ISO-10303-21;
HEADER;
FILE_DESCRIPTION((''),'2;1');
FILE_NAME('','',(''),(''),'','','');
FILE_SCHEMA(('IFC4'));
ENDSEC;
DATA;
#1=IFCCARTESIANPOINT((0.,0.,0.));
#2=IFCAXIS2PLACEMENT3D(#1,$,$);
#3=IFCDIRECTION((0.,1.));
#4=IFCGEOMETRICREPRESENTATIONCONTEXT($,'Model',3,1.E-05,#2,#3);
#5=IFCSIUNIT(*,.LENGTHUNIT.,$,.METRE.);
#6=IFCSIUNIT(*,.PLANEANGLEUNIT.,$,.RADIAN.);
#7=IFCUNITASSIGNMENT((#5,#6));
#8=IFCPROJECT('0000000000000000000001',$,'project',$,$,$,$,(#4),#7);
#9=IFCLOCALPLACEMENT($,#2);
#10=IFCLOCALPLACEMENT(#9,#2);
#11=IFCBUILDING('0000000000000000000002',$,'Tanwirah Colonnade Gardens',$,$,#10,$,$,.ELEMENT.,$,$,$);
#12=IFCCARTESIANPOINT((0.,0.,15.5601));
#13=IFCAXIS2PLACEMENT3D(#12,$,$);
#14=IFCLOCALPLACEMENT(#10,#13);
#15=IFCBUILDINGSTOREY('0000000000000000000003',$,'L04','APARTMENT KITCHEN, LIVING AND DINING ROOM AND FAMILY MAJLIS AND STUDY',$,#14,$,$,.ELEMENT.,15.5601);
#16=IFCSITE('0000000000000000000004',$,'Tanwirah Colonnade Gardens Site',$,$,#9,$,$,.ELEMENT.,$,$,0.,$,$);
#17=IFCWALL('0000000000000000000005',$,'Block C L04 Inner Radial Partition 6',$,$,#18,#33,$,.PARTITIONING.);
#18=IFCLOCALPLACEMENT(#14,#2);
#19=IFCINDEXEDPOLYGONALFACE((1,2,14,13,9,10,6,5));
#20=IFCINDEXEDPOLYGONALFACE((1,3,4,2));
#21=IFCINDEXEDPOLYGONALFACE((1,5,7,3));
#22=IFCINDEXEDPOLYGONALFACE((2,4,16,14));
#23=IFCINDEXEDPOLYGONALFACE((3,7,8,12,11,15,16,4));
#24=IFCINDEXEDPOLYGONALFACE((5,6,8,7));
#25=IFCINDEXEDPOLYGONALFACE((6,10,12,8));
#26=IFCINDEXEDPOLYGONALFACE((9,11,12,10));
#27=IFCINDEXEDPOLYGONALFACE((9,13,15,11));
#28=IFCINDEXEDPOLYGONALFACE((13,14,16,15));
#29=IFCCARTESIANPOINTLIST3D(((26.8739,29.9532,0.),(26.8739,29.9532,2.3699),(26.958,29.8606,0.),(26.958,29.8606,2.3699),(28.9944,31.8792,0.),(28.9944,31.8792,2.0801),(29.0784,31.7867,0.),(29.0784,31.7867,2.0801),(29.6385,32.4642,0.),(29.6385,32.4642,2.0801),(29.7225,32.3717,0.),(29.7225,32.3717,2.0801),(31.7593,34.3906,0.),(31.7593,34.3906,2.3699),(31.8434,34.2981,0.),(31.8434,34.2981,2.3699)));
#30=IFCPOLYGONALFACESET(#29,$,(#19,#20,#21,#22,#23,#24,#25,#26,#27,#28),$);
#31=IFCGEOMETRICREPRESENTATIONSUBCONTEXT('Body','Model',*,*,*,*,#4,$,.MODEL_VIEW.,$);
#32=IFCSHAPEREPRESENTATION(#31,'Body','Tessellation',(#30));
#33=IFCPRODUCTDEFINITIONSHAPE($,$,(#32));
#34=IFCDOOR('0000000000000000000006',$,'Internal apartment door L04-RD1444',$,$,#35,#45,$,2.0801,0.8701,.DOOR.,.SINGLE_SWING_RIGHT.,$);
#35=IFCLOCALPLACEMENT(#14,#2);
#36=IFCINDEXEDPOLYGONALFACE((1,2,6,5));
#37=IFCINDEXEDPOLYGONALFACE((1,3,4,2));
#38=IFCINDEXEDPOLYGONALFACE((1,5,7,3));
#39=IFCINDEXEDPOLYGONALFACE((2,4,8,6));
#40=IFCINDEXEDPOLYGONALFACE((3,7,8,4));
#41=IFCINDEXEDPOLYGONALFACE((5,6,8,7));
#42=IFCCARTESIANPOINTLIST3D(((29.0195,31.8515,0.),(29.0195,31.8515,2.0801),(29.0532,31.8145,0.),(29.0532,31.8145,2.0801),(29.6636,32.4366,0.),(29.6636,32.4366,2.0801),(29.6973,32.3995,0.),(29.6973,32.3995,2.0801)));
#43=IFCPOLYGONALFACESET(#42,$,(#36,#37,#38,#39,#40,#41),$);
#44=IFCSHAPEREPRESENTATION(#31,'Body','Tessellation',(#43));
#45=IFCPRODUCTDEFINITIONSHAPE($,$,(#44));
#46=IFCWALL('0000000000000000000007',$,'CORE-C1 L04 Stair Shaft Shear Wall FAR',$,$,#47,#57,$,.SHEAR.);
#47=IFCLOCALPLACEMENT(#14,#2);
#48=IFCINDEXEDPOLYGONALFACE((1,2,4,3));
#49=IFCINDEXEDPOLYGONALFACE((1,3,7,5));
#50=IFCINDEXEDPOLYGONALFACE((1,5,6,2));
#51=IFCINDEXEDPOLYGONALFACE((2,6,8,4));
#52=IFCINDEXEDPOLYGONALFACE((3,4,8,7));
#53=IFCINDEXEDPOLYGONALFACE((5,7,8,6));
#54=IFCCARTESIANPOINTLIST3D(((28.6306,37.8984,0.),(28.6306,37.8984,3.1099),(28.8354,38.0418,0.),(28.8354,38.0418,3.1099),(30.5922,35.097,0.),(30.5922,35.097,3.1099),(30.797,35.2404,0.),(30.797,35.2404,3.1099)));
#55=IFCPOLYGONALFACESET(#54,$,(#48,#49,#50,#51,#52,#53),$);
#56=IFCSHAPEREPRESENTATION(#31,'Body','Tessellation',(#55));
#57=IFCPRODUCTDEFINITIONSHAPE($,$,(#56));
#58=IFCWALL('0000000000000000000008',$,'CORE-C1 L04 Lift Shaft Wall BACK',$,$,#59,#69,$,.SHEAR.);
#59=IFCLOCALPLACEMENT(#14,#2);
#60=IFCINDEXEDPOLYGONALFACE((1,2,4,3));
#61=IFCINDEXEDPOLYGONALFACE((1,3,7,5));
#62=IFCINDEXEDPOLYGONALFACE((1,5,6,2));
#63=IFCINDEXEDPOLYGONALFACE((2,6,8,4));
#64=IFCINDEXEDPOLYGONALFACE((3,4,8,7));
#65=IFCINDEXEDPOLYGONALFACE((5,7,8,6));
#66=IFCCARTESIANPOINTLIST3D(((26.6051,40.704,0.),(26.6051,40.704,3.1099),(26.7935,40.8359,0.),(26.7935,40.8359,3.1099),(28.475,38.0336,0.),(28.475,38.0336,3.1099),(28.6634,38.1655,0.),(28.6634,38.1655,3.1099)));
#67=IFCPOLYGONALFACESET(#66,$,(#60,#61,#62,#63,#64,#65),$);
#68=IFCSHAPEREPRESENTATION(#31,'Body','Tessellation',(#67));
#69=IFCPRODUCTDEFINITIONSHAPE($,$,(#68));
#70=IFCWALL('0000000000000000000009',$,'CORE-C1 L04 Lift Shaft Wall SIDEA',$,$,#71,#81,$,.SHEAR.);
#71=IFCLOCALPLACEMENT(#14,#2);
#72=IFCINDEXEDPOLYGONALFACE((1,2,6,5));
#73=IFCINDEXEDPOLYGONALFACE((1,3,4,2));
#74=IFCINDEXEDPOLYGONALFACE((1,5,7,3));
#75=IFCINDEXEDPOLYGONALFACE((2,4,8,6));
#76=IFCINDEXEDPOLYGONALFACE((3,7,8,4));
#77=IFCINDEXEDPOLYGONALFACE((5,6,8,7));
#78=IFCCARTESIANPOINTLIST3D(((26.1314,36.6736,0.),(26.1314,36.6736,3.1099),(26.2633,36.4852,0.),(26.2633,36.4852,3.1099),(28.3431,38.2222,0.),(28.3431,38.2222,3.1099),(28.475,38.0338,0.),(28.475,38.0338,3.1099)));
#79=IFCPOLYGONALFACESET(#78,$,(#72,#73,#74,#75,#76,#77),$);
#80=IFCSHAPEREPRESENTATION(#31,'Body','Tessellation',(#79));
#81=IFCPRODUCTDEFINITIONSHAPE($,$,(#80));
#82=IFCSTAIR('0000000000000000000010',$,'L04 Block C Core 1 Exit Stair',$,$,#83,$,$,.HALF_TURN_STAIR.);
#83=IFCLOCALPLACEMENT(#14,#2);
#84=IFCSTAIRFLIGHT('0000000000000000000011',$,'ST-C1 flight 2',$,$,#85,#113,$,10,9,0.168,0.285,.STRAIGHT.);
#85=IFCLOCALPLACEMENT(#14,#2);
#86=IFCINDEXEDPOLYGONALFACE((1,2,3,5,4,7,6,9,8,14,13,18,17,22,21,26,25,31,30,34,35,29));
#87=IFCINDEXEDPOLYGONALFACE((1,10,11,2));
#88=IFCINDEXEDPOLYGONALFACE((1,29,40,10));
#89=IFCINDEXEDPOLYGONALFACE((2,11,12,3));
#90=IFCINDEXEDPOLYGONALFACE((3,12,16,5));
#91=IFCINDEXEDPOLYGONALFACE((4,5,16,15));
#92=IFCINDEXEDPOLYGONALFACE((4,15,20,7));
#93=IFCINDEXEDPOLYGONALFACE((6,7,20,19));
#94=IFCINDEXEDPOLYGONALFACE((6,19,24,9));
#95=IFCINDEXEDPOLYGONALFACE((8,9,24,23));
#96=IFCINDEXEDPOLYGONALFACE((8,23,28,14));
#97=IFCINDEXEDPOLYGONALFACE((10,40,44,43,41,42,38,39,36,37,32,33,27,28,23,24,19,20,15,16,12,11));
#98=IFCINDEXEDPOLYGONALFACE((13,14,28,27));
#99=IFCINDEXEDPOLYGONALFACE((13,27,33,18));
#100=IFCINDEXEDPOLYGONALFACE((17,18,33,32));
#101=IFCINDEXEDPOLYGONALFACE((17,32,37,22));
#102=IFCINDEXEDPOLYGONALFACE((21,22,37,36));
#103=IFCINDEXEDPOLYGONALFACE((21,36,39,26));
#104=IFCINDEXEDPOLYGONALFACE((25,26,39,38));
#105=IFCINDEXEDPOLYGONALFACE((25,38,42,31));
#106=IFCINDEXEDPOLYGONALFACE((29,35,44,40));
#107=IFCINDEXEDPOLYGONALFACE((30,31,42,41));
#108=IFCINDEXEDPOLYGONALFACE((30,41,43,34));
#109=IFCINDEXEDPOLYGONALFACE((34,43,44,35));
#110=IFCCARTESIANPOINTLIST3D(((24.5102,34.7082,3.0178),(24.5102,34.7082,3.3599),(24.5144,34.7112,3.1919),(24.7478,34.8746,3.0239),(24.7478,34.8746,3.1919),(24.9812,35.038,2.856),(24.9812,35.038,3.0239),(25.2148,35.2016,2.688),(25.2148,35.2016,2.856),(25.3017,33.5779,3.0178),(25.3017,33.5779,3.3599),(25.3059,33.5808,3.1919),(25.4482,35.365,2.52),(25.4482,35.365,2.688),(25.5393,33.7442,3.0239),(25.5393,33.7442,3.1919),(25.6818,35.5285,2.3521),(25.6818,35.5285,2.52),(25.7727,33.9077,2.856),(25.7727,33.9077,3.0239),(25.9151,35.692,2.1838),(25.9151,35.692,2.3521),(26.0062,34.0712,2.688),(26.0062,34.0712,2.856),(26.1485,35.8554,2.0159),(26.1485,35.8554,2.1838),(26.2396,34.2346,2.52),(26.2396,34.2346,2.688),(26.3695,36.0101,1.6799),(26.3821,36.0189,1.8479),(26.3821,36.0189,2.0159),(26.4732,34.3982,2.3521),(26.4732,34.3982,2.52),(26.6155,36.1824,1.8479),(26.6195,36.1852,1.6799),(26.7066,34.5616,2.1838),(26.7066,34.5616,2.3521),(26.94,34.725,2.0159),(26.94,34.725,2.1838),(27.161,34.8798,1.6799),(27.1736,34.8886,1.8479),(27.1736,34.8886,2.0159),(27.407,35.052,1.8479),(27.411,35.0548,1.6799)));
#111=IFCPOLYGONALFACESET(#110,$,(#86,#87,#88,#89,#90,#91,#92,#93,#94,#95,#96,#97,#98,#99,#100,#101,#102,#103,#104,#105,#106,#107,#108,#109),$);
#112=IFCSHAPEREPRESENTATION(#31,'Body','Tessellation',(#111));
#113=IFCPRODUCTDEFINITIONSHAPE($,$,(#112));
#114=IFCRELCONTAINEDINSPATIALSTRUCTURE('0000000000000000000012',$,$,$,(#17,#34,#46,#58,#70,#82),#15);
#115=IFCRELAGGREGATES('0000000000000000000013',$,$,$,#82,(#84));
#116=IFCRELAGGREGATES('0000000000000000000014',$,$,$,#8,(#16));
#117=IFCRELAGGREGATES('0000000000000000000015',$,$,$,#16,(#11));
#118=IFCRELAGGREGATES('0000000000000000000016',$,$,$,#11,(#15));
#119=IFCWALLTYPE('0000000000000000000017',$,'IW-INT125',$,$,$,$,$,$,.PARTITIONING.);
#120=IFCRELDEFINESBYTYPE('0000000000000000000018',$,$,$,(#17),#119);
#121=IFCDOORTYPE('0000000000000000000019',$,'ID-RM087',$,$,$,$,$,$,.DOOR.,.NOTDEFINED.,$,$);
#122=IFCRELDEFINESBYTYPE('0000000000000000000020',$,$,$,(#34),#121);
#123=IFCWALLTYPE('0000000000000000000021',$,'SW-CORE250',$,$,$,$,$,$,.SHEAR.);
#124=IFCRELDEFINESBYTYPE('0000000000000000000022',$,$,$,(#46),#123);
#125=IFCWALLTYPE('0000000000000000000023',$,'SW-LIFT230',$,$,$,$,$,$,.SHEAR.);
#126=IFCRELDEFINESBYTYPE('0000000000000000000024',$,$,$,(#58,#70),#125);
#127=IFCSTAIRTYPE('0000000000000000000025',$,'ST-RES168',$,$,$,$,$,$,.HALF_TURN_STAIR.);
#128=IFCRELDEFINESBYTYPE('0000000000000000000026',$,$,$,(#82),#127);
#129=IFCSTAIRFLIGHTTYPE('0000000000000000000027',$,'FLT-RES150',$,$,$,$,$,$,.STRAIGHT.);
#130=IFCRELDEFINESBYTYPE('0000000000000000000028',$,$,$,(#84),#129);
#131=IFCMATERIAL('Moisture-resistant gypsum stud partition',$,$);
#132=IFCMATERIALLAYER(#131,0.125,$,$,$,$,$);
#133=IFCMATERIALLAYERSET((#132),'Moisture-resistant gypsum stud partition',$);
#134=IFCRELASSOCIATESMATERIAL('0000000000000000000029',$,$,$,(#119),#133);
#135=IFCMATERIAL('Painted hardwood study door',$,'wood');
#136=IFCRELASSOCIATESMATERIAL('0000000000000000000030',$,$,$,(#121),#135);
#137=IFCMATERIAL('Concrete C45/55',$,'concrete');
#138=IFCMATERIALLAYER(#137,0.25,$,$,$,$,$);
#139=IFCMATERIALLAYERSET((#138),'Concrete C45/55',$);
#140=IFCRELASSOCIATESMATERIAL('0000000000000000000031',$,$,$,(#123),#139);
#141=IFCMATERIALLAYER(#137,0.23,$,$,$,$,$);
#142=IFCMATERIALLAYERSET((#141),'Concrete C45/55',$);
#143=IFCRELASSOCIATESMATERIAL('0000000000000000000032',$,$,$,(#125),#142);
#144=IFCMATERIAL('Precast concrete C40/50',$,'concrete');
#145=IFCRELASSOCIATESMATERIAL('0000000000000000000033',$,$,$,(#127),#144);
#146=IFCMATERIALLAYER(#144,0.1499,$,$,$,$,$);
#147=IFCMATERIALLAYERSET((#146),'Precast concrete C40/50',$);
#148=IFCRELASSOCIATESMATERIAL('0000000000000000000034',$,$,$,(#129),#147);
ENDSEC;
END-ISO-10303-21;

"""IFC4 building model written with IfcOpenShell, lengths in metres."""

from ifc_helpers import new_model, si_unit, direction, frame, frame_2d, origin, place, context, subcontext, project, spatial, polyline, rectangle, outline, extrude, material, layer, layer_set, type_object, element, fill, aggregate, save


model = new_model("IFC4")

# Units and contexts
model_context = context("Model", 3, precision=1e-05, world=origin(), true_north=direction((0.0, 1.0)))
body_context = subcontext(model_context, "Body", "Model", "MODEL_VIEW")
ifc_project = project(units=[si_unit("LENGTHUNIT", "METRE"), si_unit("PLANEANGLEUNIT", "RADIAN")], contexts=[model_context])

# Site, building, storey
site_placement = place(None, origin())
site = spatial("IfcSite", under=ifc_project, at=site_placement, Name="Tanwirah Colonnade Gardens Site", CompositionType="ELEMENT", RefElevation=0.0)
building_placement = place(site_placement, origin())
building = spatial("IfcBuilding", under=site, at=building_placement, Name="Tanwirah Colonnade Gardens", CompositionType="ELEMENT")
storey_placement = place(building_placement, frame((0.0, 0.0, 15.5601)))
storey = spatial("IfcBuildingStorey", under=building, at=storey_placement, Name="L04", Description="APARTMENT KITCHEN, LIVING AND DINING ROOM AND FAMILY MAJLIS AND STUDY", CompositionType="ELEMENT", Elevation=15.5601)

# Shared definitions
ifc_material_1 = material(Name="Precast concrete C40/50", Category="concrete")

# Wall, opening, door
ifc_material_2 = material(Name="Moisture-resistant gypsum stud partition")
ifc_layer_1 = layer(ifc_material_2, 0.125)
ifc_layer_set_1 = layer_set([ifc_layer_1], Name="Moisture-resistant gypsum stud partition")
wall_type_1 = type_object("IfcWallType", Name="IW-INT125", PredefinedType="PARTITIONING", material=ifc_layer_set_1)
wall_1_placement = place(storey_placement, frame((31.8013, 34.3442, 0.0), z_axis=(0.0, 0.0, 1.0), x_axis=(-0.740231, -0.672352, 0.0)))
wall_1 = element("IfcWall", 1, at=wall_1_placement, inside=storey, type_object=wall_type_1, Name="Block C L04 Inner Radial Partition 6", PredefinedType="PARTITIONING", context=body_context, shape_type="SweptSolid", body=[
    extrude(rectangle(XDim=6.5999, YDim=0.125, at=frame_2d((3.2998, 0.0))), origin(), (0.0, 0.0, 1.0), 2.3699),
])
opening_1_placement = place(wall_1_placement, frame((2.865, 0.0, 0.0)))
opening_1 = element("IfcOpeningElement", 2, at=opening_1_placement, cuts=wall_1, PredefinedType="OPENING", context=body_context, shape_type="SweptSolid", body=[
    extrude(rectangle(XDim=0.8701, YDim=2.0801, at=frame_2d((0.4351, 1.04))), frame((0.0, 0.0725, 0.0), z_axis=(0.0, -1.0, 0.0), x_axis=(1.0, 0.0, 0.0)), (0.0, 0.0, 1.0), 0.145),
])
ifc_material_3 = material(Name="Painted hardwood study door", Category="wood")
door_type_1 = type_object("IfcDoorType", Name="ID-RM087", OperationType="NOTDEFINED", PredefinedType="DOOR", material=ifc_material_3)
door_1_placement = place(opening_1_placement, origin())
door_1 = element("IfcDoor", 3, at=door_1_placement, inside=storey, type_object=door_type_1, Name="Internal apartment door L04-RD1444", OperationType="SINGLE_SWING_RIGHT", OverallHeight=2.0801, OverallWidth=0.8701, PredefinedType="DOOR", context=body_context, shape_type="SweptSolid", body=[
    extrude(rectangle(XDim=0.8701, YDim=2.0801, at=frame_2d((0.4351, 1.04))), frame((0.0, 0.0249, 0.0), z_axis=(0.0, -1.0, 0.0), x_axis=(1.0, 0.0, 0.0)), (0.0, 0.0, 1.0), 0.05),
])
fill(opening_1, door_1)

# Walls
ifc_material_4 = material(Name="Concrete C45/55", Category="concrete")
ifc_layer_2 = layer(ifc_material_4, 0.25)
ifc_layer_set_2 = layer_set([ifc_layer_2], Name="Concrete C45/55")
wall_type_2 = type_object("IfcWallType", Name="SW-CORE250", PredefinedType="SHEAR", material=ifc_layer_set_2)
wall_2_placement = place(storey_placement, frame((30.6946, 35.1687, 0.0), z_axis=(0.0, 0.0, 1.0), x_axis=(-0.573582, 0.819148, 0.0)))
element("IfcWall", 4, at=wall_2_placement, inside=storey, type_object=wall_type_2, Name="CORE-C1 L04 Stair Shaft Shear Wall FAR", PredefinedType="SHEAR", context=body_context, shape_type="SweptSolid", body=[
    extrude(rectangle(XDim=3.4199, YDim=0.25, at=frame_2d((1.71, 0.0))), origin(), (0.0, 0.0, 1.0), 3.1099),
])
ifc_layer_3 = layer(ifc_material_4, 0.23)
ifc_layer_set_3 = layer_set([ifc_layer_3], Name="Concrete C45/55")
wall_type_3 = type_object("IfcWallType", Name="SW-LIFT230", PredefinedType="SHEAR", material=ifc_layer_set_3)
wall_3_placement = place(storey_placement, frame((28.5691, 38.0996, 0.0), z_axis=(0.0, 0.0, 1.0), x_axis=(-0.573583, 0.819147, 0.0)))
element("IfcWall", 5, at=wall_3_placement, inside=storey, type_object=wall_type_3, Name="CORE-C1 L04 Lift Shaft Wall BACK", PredefinedType="SHEAR", context=body_context, shape_type="SweptSolid", body=[
    extrude(rectangle(XDim=3.26, YDim=0.23, at=frame_2d((1.6299, 0.0))), origin(), (0.0, 0.0, 1.0), 3.1099),
])
wall_4_placement = place(storey_placement, frame((26.1973, 36.5793, 0.0), z_axis=(0.0, 0.0, 1.0), x_axis=(0.81916, 0.573566, 0.0)))
element("IfcWall", 6, at=wall_4_placement, inside=storey, type_object=wall_type_3, Name="CORE-C1 L04 Lift Shaft Wall SIDEA", PredefinedType="SHEAR", context=body_context, shape_type="SweptSolid", body=[
    extrude(rectangle(XDim=2.7, YDim=0.23, at=frame_2d((1.3501, 0.0))), origin(), (0.0, 0.0, 1.0), 3.1099),
])

# Stair, stair flight
stair_type = type_object("IfcStairType", Name="ST-RES168", PredefinedType="HALF_TURN_STAIR", material=ifc_material_1)
stair_placement = place(storey_placement, origin())
stair = element("IfcStair", 7, at=stair_placement, inside=storey, type_object=stair_type, Name="L04 Block C Core 1 Exit Stair", PredefinedType="HALF_TURN_STAIR")
ifc_layer_4 = layer(ifc_material_1, 0.1499)
ifc_layer_set_4 = layer_set([ifc_layer_4], Name="Precast concrete C40/50")
stair_flight_type = type_object("IfcStairFlightType", Name="FLT-RES150", PredefinedType="STRAIGHT", material=ifc_layer_set_4)
stair_flight_placement = place(storey_placement, frame((27.0112, 35.6172, 1.6799), z_axis=(0.0, 0.0, 1.0), x_axis=(-0.819152, -0.573576, 0.0)))
stair_flight = element("IfcStairFlight", 8, at=stair_flight_placement, type_object=stair_flight_type, Name="ST-C1 flight 2", NumberOfRisers=10, NumberOfTreads=9, PredefinedType="STRAIGHT", RiserHeight=0.168, TreadLength=0.285, context=body_context, shape_type="SweptSolid", body=[
    extrude(outline(polyline([(-0.0049, 0.0), (0.0, 0.168), (0.2849, 0.168), (0.2849, 0.3359), (0.5701, 0.3359), (0.5701, 0.5039), (0.855, 0.5039), (0.855, 0.6721), (1.1399, 0.6721), (1.1399, 0.8401), (1.425, 0.8401), (1.425, 1.0081), (1.71, 1.0081), (1.71, 1.176), (1.9951, 1.176), (1.9951, 1.344), (2.28, 1.344), (2.28, 1.512), (2.5649, 1.512), (2.5701, 1.6799), (2.5701, 1.3379), (0.3003, 0.0), (-0.0049, 0.0)])), frame((0.0, 0.6899, 0.0), z_axis=(0.0, -1.0, 0.0), x_axis=(1.0, 0.0, 0.0)), (0.0, 0.0, 1.0), 1.3799),
])
aggregate(stair, [stair_flight])

save(model, "model.ifc")
